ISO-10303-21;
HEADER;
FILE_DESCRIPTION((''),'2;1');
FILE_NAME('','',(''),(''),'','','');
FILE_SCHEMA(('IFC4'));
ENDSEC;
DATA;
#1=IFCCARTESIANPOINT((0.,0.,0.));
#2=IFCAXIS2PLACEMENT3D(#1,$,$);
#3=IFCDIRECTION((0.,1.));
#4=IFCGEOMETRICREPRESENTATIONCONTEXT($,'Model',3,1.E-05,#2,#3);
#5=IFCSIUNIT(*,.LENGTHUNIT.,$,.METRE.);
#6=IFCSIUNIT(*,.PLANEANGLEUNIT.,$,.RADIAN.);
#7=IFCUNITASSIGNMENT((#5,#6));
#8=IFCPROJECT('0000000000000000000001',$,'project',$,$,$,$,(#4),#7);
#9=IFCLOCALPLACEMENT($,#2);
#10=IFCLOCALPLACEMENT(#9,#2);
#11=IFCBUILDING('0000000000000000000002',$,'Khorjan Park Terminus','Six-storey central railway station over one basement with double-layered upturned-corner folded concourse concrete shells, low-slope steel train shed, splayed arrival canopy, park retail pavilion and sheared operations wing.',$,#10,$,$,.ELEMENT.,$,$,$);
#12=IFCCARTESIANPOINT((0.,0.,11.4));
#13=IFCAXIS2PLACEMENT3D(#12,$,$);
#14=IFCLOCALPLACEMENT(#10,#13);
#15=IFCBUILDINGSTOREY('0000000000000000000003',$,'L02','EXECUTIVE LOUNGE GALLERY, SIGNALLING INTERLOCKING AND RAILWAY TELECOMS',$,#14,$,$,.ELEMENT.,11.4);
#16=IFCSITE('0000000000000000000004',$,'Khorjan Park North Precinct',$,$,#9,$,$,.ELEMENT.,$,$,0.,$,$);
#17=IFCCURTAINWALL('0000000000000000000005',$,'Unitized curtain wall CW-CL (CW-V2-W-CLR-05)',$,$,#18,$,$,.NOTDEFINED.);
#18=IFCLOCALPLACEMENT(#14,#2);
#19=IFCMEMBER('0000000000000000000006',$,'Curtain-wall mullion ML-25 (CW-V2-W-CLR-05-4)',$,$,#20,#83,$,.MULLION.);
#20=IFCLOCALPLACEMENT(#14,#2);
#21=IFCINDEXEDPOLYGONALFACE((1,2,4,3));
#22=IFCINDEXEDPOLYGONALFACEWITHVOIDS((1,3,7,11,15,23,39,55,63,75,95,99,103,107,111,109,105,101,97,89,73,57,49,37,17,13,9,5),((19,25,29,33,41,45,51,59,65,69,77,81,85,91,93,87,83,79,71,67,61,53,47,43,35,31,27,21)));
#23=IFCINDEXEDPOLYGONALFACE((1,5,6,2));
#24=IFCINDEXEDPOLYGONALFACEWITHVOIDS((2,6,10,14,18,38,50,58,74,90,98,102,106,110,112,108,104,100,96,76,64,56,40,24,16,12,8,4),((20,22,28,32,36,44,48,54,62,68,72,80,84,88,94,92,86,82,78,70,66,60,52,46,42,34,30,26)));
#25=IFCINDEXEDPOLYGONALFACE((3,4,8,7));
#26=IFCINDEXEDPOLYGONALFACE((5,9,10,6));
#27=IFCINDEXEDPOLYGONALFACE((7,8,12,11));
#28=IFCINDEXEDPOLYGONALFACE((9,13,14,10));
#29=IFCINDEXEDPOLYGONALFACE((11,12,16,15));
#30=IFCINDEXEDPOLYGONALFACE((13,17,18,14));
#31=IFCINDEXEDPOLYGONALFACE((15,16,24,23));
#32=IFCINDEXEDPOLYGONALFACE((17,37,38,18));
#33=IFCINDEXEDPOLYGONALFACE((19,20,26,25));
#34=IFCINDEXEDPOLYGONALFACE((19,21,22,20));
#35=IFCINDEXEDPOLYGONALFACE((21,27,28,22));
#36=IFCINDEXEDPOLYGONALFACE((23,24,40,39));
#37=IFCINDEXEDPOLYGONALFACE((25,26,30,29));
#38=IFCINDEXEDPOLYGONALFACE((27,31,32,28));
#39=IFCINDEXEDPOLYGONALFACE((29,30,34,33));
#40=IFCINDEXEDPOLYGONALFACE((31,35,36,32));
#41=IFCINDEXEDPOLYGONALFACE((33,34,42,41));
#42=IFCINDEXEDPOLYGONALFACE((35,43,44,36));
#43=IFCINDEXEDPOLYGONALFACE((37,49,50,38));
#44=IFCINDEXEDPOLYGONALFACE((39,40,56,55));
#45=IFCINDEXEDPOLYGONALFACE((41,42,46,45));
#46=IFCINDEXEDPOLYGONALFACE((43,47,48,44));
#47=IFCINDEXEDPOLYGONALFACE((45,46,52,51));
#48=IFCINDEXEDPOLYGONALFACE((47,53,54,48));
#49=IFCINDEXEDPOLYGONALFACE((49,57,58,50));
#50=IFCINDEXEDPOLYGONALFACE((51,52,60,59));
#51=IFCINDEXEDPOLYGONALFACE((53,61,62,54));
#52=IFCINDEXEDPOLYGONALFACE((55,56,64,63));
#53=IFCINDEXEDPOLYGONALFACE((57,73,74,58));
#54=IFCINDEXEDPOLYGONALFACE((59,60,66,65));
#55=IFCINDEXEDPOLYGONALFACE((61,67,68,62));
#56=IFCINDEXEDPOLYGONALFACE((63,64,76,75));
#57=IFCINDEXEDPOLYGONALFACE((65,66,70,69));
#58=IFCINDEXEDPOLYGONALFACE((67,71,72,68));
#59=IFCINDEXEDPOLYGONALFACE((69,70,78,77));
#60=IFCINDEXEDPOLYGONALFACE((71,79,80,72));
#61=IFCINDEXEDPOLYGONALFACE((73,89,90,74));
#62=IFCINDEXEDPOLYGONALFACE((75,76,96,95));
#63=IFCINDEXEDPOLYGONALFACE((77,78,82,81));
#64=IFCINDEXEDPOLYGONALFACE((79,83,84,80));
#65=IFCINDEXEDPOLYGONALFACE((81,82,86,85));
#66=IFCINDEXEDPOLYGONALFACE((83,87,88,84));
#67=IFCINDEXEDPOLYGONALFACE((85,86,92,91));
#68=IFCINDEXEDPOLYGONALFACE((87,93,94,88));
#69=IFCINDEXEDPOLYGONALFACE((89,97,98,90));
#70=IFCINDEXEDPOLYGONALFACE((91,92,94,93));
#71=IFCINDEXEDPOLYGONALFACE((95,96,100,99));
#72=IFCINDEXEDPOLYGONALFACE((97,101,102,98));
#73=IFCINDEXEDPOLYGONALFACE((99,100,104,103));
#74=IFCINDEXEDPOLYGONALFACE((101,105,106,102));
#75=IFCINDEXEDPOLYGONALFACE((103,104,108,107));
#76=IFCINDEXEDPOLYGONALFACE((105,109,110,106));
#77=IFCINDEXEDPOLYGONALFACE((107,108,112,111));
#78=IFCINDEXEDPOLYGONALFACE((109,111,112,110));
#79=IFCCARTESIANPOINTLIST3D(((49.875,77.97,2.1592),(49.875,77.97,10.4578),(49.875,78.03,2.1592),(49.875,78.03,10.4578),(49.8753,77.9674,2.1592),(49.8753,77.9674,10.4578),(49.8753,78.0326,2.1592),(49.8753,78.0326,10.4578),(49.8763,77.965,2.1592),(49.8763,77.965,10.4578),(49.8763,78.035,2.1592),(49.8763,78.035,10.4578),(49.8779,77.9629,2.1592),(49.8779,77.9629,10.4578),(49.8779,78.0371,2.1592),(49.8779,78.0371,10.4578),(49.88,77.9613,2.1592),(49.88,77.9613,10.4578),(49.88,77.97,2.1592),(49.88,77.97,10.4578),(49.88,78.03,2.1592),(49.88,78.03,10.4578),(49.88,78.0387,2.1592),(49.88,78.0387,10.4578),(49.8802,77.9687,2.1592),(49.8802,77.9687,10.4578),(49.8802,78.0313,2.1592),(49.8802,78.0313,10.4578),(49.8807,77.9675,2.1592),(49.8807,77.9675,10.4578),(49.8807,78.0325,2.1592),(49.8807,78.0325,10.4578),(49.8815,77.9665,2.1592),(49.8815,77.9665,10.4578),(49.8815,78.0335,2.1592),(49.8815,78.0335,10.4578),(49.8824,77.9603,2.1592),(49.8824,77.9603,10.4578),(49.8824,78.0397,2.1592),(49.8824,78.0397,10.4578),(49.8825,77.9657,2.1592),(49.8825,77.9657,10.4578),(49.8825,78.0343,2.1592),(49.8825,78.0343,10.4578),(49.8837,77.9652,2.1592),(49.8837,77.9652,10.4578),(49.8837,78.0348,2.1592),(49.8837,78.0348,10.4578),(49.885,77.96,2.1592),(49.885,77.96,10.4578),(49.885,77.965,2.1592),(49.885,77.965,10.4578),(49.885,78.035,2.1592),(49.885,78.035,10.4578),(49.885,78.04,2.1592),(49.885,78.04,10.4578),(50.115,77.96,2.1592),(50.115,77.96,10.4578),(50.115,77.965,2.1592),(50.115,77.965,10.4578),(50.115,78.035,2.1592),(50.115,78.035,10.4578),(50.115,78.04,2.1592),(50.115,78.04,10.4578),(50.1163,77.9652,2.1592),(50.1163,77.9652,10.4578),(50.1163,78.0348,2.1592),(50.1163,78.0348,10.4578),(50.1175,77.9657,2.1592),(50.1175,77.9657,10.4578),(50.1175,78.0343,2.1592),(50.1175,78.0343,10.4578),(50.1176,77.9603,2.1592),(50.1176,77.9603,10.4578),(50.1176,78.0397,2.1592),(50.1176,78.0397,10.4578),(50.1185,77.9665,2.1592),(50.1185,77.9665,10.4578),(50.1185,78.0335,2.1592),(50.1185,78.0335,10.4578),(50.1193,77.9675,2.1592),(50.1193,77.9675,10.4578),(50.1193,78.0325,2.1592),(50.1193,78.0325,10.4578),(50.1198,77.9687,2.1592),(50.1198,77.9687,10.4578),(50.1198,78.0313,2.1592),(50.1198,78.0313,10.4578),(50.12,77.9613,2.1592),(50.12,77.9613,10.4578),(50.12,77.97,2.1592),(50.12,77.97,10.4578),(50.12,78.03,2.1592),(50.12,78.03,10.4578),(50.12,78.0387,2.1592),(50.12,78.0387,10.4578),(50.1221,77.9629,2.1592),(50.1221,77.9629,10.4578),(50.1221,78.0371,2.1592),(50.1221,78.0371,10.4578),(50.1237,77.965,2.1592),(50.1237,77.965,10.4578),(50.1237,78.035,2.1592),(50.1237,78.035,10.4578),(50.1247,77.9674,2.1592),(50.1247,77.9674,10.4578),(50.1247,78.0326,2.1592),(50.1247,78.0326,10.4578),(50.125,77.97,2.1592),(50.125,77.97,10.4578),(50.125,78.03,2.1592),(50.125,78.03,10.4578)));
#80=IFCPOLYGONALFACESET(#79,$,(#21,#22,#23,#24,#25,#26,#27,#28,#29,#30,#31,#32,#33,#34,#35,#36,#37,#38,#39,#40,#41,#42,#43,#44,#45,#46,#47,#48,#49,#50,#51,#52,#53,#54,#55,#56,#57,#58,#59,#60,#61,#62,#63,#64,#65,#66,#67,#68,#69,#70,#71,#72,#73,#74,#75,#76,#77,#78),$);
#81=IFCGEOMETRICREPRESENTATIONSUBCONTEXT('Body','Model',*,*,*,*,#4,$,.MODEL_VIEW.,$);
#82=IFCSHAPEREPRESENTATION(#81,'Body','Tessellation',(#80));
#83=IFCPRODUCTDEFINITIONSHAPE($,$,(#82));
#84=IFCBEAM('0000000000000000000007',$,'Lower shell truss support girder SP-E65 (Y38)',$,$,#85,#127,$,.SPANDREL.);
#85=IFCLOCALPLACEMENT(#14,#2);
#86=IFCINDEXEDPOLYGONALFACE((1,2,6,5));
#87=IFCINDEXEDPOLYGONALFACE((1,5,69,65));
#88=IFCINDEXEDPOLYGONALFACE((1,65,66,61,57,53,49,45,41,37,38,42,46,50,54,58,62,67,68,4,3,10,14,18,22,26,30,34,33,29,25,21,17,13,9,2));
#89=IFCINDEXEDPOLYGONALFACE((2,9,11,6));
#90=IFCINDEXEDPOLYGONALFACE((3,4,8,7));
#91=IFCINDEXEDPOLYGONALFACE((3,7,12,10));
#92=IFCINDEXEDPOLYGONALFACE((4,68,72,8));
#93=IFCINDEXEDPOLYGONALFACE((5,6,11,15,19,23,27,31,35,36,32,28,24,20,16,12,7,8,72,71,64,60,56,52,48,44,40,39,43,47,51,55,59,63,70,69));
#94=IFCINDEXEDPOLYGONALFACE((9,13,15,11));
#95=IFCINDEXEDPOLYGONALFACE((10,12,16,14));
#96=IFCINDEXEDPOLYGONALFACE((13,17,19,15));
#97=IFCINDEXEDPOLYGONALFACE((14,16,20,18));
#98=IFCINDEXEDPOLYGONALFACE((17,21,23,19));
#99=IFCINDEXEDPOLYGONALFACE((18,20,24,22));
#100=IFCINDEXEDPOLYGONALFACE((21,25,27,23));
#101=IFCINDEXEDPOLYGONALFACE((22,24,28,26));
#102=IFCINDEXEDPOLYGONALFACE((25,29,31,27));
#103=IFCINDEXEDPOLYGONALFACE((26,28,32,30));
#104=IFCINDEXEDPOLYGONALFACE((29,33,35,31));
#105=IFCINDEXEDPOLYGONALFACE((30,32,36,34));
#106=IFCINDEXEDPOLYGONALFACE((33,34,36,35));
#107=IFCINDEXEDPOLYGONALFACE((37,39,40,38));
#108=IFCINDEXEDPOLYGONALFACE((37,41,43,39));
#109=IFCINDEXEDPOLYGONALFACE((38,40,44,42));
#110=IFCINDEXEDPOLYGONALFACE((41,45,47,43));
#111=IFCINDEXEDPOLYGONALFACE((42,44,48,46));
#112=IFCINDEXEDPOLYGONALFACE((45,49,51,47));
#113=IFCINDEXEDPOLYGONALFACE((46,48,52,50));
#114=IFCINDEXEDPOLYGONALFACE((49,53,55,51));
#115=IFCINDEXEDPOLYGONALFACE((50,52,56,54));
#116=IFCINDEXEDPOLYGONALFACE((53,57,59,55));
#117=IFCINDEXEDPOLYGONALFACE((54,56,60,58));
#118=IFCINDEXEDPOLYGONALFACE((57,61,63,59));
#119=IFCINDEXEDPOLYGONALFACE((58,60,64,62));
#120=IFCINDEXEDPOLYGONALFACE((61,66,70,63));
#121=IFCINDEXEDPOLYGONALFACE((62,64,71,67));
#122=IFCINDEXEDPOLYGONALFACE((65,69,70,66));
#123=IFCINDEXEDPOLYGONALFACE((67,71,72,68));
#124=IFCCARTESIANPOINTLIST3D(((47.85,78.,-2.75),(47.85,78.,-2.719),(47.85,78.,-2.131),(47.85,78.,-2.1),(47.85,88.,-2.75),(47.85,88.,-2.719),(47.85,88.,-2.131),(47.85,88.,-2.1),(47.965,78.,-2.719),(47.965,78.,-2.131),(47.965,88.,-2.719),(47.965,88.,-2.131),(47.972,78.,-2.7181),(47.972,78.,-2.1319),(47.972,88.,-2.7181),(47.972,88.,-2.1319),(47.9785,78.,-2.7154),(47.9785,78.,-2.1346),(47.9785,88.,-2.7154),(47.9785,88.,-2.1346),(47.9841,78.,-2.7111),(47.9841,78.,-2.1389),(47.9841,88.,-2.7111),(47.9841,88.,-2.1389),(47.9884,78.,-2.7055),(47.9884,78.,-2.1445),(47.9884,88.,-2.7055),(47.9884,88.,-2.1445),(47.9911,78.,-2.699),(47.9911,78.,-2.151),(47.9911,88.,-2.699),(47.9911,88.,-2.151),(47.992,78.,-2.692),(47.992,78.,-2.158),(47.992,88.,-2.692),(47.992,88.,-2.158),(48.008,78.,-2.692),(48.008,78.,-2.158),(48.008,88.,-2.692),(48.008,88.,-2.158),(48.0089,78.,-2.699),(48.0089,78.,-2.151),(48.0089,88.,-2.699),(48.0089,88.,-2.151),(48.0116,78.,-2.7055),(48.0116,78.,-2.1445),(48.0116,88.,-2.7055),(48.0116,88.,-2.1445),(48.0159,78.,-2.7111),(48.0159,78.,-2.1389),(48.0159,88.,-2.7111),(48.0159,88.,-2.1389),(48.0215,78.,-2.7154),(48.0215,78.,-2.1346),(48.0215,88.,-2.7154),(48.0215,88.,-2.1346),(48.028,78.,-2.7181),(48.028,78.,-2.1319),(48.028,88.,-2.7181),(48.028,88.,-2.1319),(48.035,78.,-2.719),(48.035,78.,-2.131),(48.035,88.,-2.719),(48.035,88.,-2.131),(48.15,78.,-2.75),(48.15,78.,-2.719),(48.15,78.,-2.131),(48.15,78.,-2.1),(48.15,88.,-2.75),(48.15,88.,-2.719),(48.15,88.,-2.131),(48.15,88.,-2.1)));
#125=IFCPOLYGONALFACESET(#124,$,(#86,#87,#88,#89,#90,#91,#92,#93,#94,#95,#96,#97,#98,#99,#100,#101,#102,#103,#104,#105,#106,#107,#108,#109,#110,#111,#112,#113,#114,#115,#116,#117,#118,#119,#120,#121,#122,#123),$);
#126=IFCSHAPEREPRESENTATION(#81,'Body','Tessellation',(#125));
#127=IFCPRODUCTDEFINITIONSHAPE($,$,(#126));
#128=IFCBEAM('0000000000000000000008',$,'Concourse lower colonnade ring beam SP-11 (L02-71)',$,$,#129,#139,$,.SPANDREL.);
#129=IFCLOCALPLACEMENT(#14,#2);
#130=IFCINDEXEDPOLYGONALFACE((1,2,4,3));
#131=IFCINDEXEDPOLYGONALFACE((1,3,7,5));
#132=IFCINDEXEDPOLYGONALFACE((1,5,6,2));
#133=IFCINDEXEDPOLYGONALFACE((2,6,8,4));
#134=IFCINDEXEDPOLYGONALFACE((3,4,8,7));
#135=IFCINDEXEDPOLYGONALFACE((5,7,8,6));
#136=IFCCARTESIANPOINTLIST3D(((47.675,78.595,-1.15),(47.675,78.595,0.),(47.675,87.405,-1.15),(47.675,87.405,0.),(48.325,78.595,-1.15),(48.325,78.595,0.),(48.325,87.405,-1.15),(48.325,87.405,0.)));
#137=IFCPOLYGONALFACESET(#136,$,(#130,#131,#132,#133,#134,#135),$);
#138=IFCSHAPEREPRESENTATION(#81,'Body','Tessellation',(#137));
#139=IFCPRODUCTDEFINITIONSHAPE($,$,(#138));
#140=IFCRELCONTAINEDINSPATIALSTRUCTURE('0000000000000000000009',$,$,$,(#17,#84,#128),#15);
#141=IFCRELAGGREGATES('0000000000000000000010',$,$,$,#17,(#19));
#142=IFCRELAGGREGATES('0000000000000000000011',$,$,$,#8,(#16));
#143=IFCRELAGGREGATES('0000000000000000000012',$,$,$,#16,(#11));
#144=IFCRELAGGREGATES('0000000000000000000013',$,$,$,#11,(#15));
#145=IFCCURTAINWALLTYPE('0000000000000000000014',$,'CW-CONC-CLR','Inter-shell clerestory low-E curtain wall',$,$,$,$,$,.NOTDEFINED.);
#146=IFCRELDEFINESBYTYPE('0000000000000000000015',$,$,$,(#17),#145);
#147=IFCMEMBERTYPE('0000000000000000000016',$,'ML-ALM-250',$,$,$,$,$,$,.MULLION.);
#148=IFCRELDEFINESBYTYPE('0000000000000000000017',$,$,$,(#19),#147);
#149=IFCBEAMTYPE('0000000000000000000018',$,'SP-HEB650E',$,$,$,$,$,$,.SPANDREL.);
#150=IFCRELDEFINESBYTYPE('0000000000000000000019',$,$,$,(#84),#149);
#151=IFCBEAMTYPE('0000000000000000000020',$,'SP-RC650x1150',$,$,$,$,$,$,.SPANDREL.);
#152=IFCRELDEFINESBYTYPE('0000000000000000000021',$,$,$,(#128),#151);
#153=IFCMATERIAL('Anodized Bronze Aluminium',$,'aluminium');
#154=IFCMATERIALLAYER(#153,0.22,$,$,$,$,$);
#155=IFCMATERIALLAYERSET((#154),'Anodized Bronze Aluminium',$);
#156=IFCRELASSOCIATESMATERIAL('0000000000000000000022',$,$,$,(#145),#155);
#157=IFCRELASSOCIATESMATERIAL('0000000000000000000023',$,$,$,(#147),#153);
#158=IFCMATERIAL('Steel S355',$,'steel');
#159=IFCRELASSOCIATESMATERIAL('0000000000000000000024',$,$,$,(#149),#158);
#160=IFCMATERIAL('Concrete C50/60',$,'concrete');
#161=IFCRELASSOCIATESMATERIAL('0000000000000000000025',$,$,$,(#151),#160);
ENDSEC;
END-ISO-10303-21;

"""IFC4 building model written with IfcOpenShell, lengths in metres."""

from ifc_helpers import new_model, si_unit, direction, frame, origin, origin_2d, place, context, subcontext, project, spatial, rectangle, hollow_rectangle, i_section, extrude, material, layer, layer_set, material_profile, profile_set, type_object, element, aggregate, save


model = new_model("IFC4")

# Units and contexts
model_context = context("Model", 3, precision=1e-05, world=origin(), true_north=direction((0.0, 1.0)))
body_context = subcontext(model_context, "Body", "Model", "MODEL_VIEW")
ifc_project = project(units=[si_unit("LENGTHUNIT", "METRE"), si_unit("PLANEANGLEUNIT", "RADIAN")], contexts=[model_context])

# Site, building, storey
site_placement = place(None, origin())
site = spatial("IfcSite", under=ifc_project, at=site_placement, Name="Khorjan Park North Precinct", CompositionType="ELEMENT", RefElevation=0.0)
building_placement = place(site_placement, origin())
building = spatial("IfcBuilding", under=site, at=building_placement, Name="Khorjan Park Terminus", Description="Six-storey central railway station over one basement with double-layered upturned-corner folded concourse concrete shells, low-slope steel train shed, splayed arrival canopy, park retail pavilion and sheared operations wing.", CompositionType="ELEMENT")
storey_placement = place(building_placement, frame((0.0, 0.0, 11.4)))
storey = spatial("IfcBuildingStorey", under=building, at=storey_placement, Name="L02", Description="EXECUTIVE LOUNGE GALLERY, SIGNALLING INTERLOCKING AND RAILWAY TELECOMS", CompositionType="ELEMENT", Elevation=11.4)

# Shared definitions
ifc_material_1 = material(Name="Concrete C50/60", Category="concrete")

# Shared definitions
ifc_material_2 = material(Name="Steel S355", Category="steel")

# Curtain wall, member
ifc_material_3 = material(Name="Anodized Bronze Aluminium", Category="aluminium")
ifc_layer_1 = layer(ifc_material_3, 0.22)
ifc_layer_set_1 = layer_set([ifc_layer_1], Name="Anodized Bronze Aluminium")
curtain_wall_type = type_object("IfcCurtainWallType", Name="CW-CONC-CLR", Description="Inter-shell clerestory low-E curtain wall", PredefinedType="NOTDEFINED", material=ifc_layer_set_1)
curtain_wall_placement = place(storey_placement, origin())
curtain_wall = element("IfcCurtainWall", 1, at=curtain_wall_placement, inside=storey, type_object=curtain_wall_type, Name="Unitized curtain wall CW-CL (CW-V2-W-CLR-05)", PredefinedType="NOTDEFINED")
ifc_material_profile_1 = material_profile(ifc_material_3, hollow_rectangle(XDim=0.08, YDim=0.25, WallThickness=0.005, InnerFilletRadius=0.005, OuterFilletRadius=0.01, at=origin_2d()), Name="ALM 80x250x5")
ifc_profile_set_1 = profile_set([ifc_material_profile_1], Name="Anodized Bronze Aluminium")
member_type_1 = type_object("IfcMemberType", Name="ML-ALM-250", PredefinedType="MULLION", material=ifc_profile_set_1)
member_1_placement = place(storey_placement, frame((50.0, 78.0, 2.1592), z_axis=(0.0, 0.0, 1.0), x_axis=(0.0, -1.0, 0.0)))
member_1 = element("IfcMember", 2, at=member_1_placement, type_object=member_type_1, Name="Curtain-wall mullion ML-25 (CW-V2-W-CLR-05-4)", PredefinedType="MULLION", context=body_context, shape_type="SweptSolid", body=[
    extrude(hollow_rectangle(XDim=0.08, YDim=0.25, WallThickness=0.005, InnerFilletRadius=0.005, OuterFilletRadius=0.01, at=origin_2d()), origin(), (0.0, 0.0, 1.0), 8.2986),
])

# Beams
ifc_material_profile_2 = material_profile(ifc_material_2, i_section(OverallWidth=0.3, OverallDepth=0.65, WebThickness=0.016, FlangeThickness=0.031, FilletRadius=0.027, at=origin_2d()), Name="HEB 650")
ifc_profile_set_2 = profile_set([ifc_material_profile_2], Name="Steel S355")
beam_type_1 = type_object("IfcBeamType", Name="SP-HEB650E", PredefinedType="SPANDREL", material=ifc_profile_set_2)
beam_1_placement = place(storey_placement, frame((48.0, 78.0, -2.425), z_axis=(0.0, 1.0, 0.0), x_axis=(-1.0, 0.0, 0.0)))
element("IfcBeam", 3, at=beam_1_placement, inside=storey, type_object=beam_type_1, Name="Lower shell truss support girder SP-E65 (Y38)", PredefinedType="SPANDREL", context=body_context, shape_type="SweptSolid", body=[
    extrude(i_section(OverallWidth=0.3, OverallDepth=0.65, WebThickness=0.016, FlangeThickness=0.031, FilletRadius=0.027, at=origin_2d()), origin(), (0.0, 0.0, 1.0), 10.0),
])
ifc_material_profile_3 = material_profile(ifc_material_1, rectangle(XDim=0.65, YDim=1.15, at=origin_2d()), Name="RC 650x1150")
ifc_profile_set_3 = profile_set([ifc_material_profile_3], Name="Concrete C50/60")
beam_type_2 = type_object("IfcBeamType", Name="SP-RC650x1150", PredefinedType="SPANDREL", material=ifc_profile_set_3)
beam_2_placement = place(storey_placement, frame((48.0, 78.595, -0.575), z_axis=(0.0, 1.0, 0.0), x_axis=(-1.0, 0.0, 0.0)))
element("IfcBeam", 4, at=beam_2_placement, inside=storey, type_object=beam_type_2, Name="Concourse lower colonnade ring beam SP-11 (L02-71)", PredefinedType="SPANDREL", context=body_context, shape_type="SweptSolid", body=[
    extrude(rectangle(XDim=0.65, YDim=1.15, at=origin_2d()), origin(), (0.0, 0.0, 1.0), 8.81),
])

aggregate(curtain_wall, [member_1])

save(model, "model.ifc")
